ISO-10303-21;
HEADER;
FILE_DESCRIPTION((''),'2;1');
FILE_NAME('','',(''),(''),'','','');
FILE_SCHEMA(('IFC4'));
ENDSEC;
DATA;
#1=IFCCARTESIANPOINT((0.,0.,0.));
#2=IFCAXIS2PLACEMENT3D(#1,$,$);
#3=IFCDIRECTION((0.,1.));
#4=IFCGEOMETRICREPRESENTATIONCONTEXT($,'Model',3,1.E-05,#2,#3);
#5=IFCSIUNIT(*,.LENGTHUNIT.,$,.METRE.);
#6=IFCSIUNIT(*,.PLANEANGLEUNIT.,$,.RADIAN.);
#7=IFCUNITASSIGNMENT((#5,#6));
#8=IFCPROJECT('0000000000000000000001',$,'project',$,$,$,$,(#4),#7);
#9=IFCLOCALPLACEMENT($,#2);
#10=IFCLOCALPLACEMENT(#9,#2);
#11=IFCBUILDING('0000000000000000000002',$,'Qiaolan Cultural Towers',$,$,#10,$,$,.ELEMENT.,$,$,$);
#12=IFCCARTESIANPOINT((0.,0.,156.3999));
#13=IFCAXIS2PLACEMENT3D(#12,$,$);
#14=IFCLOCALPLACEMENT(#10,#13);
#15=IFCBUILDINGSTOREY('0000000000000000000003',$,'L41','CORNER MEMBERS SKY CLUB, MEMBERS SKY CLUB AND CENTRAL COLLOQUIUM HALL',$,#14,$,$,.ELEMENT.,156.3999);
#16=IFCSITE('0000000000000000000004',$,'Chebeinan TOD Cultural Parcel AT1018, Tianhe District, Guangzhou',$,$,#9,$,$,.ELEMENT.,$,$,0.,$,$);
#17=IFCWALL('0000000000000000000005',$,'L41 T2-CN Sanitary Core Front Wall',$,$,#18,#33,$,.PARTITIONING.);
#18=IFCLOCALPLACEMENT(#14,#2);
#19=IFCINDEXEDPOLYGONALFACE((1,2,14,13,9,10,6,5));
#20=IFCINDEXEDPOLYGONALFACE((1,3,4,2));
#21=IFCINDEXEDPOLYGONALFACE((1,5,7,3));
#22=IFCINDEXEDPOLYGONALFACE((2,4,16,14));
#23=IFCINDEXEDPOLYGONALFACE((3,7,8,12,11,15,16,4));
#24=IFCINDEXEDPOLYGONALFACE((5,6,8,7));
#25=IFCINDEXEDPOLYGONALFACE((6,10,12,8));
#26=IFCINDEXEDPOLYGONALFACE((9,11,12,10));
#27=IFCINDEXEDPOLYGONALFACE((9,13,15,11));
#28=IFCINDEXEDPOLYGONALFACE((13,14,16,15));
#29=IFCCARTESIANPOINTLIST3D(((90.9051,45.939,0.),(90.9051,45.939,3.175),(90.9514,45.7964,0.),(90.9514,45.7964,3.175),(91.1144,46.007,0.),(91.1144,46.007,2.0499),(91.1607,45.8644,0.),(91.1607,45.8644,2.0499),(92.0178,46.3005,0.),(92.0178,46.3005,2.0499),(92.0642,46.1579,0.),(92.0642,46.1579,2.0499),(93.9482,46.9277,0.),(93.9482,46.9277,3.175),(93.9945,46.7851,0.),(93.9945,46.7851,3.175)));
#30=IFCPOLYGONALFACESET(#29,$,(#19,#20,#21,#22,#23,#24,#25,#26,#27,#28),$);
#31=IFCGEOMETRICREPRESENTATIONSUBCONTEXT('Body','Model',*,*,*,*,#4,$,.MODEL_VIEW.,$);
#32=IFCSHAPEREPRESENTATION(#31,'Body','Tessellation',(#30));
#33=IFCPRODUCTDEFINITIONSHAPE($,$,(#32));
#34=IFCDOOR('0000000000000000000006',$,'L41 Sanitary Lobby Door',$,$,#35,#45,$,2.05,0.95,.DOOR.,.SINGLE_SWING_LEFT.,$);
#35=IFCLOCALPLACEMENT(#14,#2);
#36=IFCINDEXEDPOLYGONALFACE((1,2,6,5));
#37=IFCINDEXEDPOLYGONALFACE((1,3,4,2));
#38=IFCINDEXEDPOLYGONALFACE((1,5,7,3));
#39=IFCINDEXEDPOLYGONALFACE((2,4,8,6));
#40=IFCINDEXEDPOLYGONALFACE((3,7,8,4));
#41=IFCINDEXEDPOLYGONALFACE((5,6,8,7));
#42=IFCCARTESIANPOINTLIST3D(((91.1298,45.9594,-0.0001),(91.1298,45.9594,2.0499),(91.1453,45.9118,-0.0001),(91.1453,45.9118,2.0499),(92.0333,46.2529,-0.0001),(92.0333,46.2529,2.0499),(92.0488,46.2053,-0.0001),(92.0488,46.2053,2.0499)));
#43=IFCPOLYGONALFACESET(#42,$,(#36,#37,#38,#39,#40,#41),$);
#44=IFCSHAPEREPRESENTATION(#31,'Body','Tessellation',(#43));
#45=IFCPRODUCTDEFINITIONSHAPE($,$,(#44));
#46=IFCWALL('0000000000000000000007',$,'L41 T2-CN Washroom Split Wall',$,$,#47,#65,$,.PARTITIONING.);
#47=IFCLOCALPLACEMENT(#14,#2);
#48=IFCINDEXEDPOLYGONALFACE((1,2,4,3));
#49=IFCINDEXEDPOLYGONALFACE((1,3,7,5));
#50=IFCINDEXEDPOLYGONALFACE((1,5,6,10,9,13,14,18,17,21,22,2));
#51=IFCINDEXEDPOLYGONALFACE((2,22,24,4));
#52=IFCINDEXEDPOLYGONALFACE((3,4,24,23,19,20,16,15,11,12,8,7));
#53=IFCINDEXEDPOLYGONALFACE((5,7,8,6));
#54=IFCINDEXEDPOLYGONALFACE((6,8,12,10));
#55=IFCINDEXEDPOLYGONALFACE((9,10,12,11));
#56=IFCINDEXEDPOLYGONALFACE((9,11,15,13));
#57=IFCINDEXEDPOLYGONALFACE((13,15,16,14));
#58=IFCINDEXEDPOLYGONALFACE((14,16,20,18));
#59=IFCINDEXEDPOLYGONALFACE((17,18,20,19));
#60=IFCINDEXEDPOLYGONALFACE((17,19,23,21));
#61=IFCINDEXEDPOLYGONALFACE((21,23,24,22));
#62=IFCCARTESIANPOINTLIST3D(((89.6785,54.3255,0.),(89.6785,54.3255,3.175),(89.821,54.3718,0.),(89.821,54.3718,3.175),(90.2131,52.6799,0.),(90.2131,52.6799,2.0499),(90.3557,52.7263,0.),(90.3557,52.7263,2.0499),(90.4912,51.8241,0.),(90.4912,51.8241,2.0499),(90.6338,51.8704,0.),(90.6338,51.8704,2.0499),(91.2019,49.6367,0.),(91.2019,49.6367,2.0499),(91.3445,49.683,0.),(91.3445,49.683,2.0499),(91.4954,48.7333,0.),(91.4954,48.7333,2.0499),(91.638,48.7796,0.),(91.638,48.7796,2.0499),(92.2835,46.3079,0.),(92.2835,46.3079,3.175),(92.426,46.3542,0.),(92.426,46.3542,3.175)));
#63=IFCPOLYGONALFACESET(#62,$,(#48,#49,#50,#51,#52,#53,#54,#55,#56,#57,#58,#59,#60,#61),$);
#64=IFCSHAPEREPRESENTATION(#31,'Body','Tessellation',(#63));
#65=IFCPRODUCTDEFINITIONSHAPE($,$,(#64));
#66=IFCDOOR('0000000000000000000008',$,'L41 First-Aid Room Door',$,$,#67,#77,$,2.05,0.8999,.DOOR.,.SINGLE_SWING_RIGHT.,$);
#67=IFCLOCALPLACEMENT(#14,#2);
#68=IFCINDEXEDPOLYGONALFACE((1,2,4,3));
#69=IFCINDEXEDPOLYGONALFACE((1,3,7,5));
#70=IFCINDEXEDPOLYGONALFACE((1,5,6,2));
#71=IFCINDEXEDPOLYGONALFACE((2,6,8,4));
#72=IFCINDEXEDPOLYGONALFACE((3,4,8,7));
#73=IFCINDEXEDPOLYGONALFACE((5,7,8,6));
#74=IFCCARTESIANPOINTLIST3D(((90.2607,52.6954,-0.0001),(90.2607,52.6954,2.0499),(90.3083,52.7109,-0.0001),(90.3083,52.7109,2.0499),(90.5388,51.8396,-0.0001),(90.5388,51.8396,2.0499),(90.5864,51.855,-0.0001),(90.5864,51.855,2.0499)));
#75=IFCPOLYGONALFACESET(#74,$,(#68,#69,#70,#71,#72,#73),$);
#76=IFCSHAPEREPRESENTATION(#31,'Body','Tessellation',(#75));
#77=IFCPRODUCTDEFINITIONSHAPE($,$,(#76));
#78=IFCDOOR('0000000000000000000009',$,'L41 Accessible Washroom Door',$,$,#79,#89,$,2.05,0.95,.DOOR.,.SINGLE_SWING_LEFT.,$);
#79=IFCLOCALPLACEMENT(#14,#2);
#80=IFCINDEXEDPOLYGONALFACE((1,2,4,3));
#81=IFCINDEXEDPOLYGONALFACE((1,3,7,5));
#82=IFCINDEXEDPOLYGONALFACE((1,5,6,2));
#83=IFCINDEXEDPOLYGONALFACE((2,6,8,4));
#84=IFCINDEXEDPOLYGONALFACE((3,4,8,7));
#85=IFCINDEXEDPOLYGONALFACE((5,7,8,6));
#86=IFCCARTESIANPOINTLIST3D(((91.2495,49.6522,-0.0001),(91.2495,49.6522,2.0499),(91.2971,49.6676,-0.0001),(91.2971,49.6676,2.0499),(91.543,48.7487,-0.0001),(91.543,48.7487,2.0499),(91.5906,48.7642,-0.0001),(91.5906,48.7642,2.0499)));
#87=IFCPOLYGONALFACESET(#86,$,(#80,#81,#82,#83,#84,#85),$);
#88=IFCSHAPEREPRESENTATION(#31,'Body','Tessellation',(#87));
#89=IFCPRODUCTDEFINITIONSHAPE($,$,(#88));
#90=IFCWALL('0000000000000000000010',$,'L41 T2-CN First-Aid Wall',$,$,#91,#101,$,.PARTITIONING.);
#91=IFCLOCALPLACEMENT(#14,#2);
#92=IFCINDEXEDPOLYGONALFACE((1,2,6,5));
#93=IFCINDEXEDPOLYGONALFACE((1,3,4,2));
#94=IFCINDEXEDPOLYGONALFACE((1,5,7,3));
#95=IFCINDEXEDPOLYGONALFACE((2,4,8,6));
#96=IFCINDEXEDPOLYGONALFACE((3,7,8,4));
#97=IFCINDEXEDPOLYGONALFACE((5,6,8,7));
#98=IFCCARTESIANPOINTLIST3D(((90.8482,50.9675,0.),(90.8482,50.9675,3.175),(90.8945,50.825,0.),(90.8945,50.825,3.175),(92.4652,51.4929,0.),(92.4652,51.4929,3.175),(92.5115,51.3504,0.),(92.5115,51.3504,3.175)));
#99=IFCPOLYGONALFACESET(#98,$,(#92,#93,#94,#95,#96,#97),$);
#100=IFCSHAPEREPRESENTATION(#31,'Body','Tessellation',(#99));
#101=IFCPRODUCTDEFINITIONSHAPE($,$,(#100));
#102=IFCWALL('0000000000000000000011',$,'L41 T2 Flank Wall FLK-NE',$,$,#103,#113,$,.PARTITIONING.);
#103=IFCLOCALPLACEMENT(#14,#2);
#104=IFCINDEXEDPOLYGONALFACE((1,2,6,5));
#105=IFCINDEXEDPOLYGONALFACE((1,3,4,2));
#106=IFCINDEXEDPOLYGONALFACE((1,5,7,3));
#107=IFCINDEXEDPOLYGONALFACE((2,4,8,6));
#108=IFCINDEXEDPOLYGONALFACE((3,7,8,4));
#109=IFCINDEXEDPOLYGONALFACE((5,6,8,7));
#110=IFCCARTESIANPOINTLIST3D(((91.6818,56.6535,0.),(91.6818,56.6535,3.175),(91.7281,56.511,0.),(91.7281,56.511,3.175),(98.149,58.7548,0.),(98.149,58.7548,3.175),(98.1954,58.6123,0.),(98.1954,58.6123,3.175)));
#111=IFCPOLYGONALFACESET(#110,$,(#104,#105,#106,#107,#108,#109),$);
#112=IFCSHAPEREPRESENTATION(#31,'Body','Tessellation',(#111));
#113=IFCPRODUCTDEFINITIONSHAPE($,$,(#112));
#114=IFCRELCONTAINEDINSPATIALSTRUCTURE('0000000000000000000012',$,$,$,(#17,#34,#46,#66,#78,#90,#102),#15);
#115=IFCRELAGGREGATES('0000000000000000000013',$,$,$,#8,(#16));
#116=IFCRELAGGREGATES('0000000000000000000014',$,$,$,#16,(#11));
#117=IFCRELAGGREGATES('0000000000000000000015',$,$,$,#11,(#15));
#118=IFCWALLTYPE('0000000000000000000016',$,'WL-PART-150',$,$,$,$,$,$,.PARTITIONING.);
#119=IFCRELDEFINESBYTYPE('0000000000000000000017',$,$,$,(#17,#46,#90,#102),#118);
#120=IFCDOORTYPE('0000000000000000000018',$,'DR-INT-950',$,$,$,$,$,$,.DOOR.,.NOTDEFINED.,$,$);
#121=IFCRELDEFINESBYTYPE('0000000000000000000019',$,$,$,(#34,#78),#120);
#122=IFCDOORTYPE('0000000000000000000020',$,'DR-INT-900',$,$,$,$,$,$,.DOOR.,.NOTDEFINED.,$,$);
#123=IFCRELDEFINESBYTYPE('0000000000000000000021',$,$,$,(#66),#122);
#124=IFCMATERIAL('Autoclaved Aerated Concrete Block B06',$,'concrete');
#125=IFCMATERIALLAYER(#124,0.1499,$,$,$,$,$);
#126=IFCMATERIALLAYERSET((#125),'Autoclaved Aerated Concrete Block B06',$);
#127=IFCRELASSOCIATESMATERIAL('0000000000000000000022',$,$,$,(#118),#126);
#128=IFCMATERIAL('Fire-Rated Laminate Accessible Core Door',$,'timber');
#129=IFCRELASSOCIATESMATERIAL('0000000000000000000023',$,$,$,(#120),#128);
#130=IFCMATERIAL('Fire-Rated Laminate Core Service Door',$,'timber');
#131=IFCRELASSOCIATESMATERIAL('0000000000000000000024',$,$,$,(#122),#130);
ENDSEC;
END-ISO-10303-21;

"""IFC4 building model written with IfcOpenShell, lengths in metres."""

from ifc_helpers import new_model, si_unit, direction, frame, frame_2d, origin, place, context, subcontext, project, spatial, rectangle, extrude, material, layer, layer_set, type_object, element, fill, save


model = new_model("IFC4")

# Units and contexts
model_context = context("Model", 3, precision=1e-05, world=origin(), true_north=direction((0.0, 1.0)))
body_context = subcontext(model_context, "Body", "Model", "MODEL_VIEW")
ifc_project = project(units=[si_unit("LENGTHUNIT", "METRE"), si_unit("PLANEANGLEUNIT", "RADIAN")], contexts=[model_context])

# Site, building, storey
site_placement = place(None, origin())
site = spatial("IfcSite", under=ifc_project, at=site_placement, Name="Chebeinan TOD Cultural Parcel AT1018, Tianhe District, Guangzhou", CompositionType="ELEMENT", RefElevation=0.0)
building_placement = place(site_placement, origin())
building = spatial("IfcBuilding", under=site, at=building_placement, Name="Qiaolan Cultural Towers", CompositionType="ELEMENT")
storey_placement = place(building_placement, frame((0.0, 0.0, 156.3999)))
storey = spatial("IfcBuildingStorey", under=building, at=storey_placement, Name="L41", Description="CORNER MEMBERS SKY CLUB, MEMBERS SKY CLUB AND CENTRAL COLLOQUIUM HALL", CompositionType="ELEMENT", Elevation=156.3999)

# Shared definitions
ifc_material_1 = material(Name="Autoclaved Aerated Concrete Block B06", Category="concrete")
ifc_layer_1 = layer(ifc_material_1, 0.1499)
ifc_layer_set_1 = layer_set([ifc_layer_1], Name="Autoclaved Aerated Concrete Block B06")
wall_type_1 = type_object("IfcWallType", Name="WL-PART-150", PredefinedType="PARTITIONING", material=ifc_layer_set_1)

# Wall, opening, door
wall_1_placement = place(storey_placement, frame((90.9282, 45.8677, 0.0), z_axis=(0.0, 0.0, 1.0), x_axis=(0.951059, 0.309008, 0.0)))
wall_1 = element("IfcWall", 1, at=wall_1_placement, inside=storey, type_object=wall_type_1, Name="L41 T2-CN Sanitary Core Front Wall", PredefinedType="PARTITIONING", context=body_context, shape_type="SweptSolid", body=[
    extrude(rectangle(XDim=3.1997, YDim=0.1499, at=frame_2d((1.5999, 0.0))), origin(), (0.0, 0.0, 1.0), 3.175),
])
opening_1_placement = place(wall_1_placement, frame((0.22, 0.0, 0.0)))
opening_1 = element("IfcOpeningElement", 2, at=opening_1_placement, cuts=wall_1, PredefinedType="OPENING", context=body_context, shape_type="SweptSolid", body=[
    extrude(rectangle(XDim=0.95, YDim=2.05, at=frame_2d((0.4751, 1.0249))), frame((0.0, 0.085, 0.0), z_axis=(0.0, -1.0, 0.0), x_axis=(1.0, 0.0, 0.0)), (0.0, 0.0, 1.0), 0.1699),
])
ifc_material_2 = material(Name="Fire-Rated Laminate Accessible Core Door", Category="timber")
door_type_1 = type_object("IfcDoorType", Name="DR-INT-950", OperationType="NOTDEFINED", PredefinedType="DOOR", material=ifc_material_2)
door_1_placement = place(opening_1_placement, origin())
door_1 = element("IfcDoor", 3, at=door_1_placement, inside=storey, type_object=door_type_1, Name="L41 Sanitary Lobby Door", OperationType="SINGLE_SWING_LEFT", OverallHeight=2.05, OverallWidth=0.95, PredefinedType="DOOR", context=body_context, shape_type="SweptSolid", body=[
    extrude(rectangle(XDim=0.95, YDim=2.05, at=frame_2d((0.4751, 1.0249))), frame((0.0, 0.0249, 0.0), z_axis=(0.0, -1.0, 0.0), x_axis=(1.0, 0.0, 0.0)), (0.0, 0.0, 1.0), 0.05),
])
fill(opening_1, door_1)

# Wall, openings, doors
wall_2_placement = place(storey_placement, frame((92.3547, 46.3311, 0.0), z_axis=(0.0, 0.0, 1.0), x_axis=(-0.309007, 0.95106, 0.0)))
wall_2 = element("IfcWall", 4, at=wall_2_placement, inside=storey, type_object=wall_type_1, Name="L41 T2-CN Washroom Split Wall", PredefinedType="PARTITIONING", context=body_context, shape_type="SweptSolid", body=[
    extrude(rectangle(XDim=8.4302, YDim=0.1499, at=frame_2d((4.2151, 0.0))), origin(), (0.0, 0.0, 1.0), 3.175),
])
opening_2_placement = place(wall_2_placement, frame((2.55, 0.0, 0.0)))
opening_2 = element("IfcOpeningElement", 5, at=opening_2_placement, cuts=wall_2, PredefinedType="OPENING", context=body_context, shape_type="SweptSolid", body=[
    extrude(rectangle(XDim=0.95, YDim=2.05, at=frame_2d((0.4751, 1.0249))), frame((0.0, 0.085, 0.0), z_axis=(0.0, -1.0, 0.0), x_axis=(1.0, 0.0, 0.0)), (0.0, 0.0, 1.0), 0.1699),
])
opening_3_placement = place(wall_2_placement, frame((5.8, 0.0, 0.0)))
opening_3 = element("IfcOpeningElement", 6, at=opening_3_placement, cuts=wall_2, PredefinedType="OPENING", context=body_context, shape_type="SweptSolid", body=[
    extrude(rectangle(XDim=0.8999, YDim=2.05, at=frame_2d((0.45, 1.0249))), frame((0.0, 0.085, 0.0), z_axis=(0.0, -1.0, 0.0), x_axis=(1.0, 0.0, 0.0)), (0.0, 0.0, 1.0), 0.1699),
])
ifc_material_3 = material(Name="Fire-Rated Laminate Core Service Door", Category="timber")
door_type_2 = type_object("IfcDoorType", Name="DR-INT-900", OperationType="NOTDEFINED", PredefinedType="DOOR", material=ifc_material_3)
door_2_placement = place(opening_3_placement, origin())
door_2 = element("IfcDoor", 7, at=door_2_placement, inside=storey, type_object=door_type_2, Name="L41 First-Aid Room Door", OperationType="SINGLE_SWING_RIGHT", OverallHeight=2.05, OverallWidth=0.8999, PredefinedType="DOOR", context=body_context, shape_type="SweptSolid", body=[
    extrude(rectangle(XDim=0.8999, YDim=2.05, at=frame_2d((0.45, 1.0249))), frame((0.0, 0.0249, 0.0), z_axis=(0.0, -1.0, 0.0), x_axis=(1.0, 0.0, 0.0)), (0.0, 0.0, 1.0), 0.05),
])
fill(opening_3, door_2)
door_3_placement = place(opening_2_placement, origin())
door_3 = element("IfcDoor", 8, at=door_3_placement, inside=storey, type_object=door_type_1, Name="L41 Accessible Washroom Door", OperationType="SINGLE_SWING_LEFT", OverallHeight=2.05, OverallWidth=0.95, PredefinedType="DOOR", context=body_context, shape_type="SweptSolid", body=[
    extrude(rectangle(XDim=0.95, YDim=2.05, at=frame_2d((0.4751, 1.0249))), frame((0.0, 0.0249, 0.0), z_axis=(0.0, -1.0, 0.0), x_axis=(1.0, 0.0, 0.0)), (0.0, 0.0, 1.0), 0.05),
])
fill(opening_2, door_3)

# Walls
wall_3_placement = place(storey_placement, frame((90.8713, 50.8962, 0.0), z_axis=(0.0, 0.0, 1.0), x_axis=(0.951054, 0.309024, 0.0)))
element("IfcWall", 9, at=wall_3_placement, inside=storey, type_object=wall_type_1, Name="L41 T2-CN First-Aid Wall", PredefinedType="PARTITIONING", context=body_context, shape_type="SweptSolid", body=[
    extrude(rectangle(XDim=1.7002, YDim=0.1499, at=frame_2d((0.8501, 0.0))), origin(), (0.0, 0.0, 1.0), 3.175),
])
wall_4_placement = place(storey_placement, frame((91.7051, 56.5823, 0.0), z_axis=(0.0, 0.0, 1.0), x_axis=(0.951058, 0.309013, 0.0)))
element("IfcWall", 10, at=wall_4_placement, inside=storey, type_object=wall_type_1, Name="L41 T2 Flank Wall FLK-NE", PredefinedType="PARTITIONING", context=body_context, shape_type="SweptSolid", body=[
    extrude(rectangle(XDim=6.8, YDim=0.1499, at=frame_2d((3.3999, 0.0))), origin(), (0.0, 0.0, 1.0), 3.175),
])

save(model, "model.ifc")
